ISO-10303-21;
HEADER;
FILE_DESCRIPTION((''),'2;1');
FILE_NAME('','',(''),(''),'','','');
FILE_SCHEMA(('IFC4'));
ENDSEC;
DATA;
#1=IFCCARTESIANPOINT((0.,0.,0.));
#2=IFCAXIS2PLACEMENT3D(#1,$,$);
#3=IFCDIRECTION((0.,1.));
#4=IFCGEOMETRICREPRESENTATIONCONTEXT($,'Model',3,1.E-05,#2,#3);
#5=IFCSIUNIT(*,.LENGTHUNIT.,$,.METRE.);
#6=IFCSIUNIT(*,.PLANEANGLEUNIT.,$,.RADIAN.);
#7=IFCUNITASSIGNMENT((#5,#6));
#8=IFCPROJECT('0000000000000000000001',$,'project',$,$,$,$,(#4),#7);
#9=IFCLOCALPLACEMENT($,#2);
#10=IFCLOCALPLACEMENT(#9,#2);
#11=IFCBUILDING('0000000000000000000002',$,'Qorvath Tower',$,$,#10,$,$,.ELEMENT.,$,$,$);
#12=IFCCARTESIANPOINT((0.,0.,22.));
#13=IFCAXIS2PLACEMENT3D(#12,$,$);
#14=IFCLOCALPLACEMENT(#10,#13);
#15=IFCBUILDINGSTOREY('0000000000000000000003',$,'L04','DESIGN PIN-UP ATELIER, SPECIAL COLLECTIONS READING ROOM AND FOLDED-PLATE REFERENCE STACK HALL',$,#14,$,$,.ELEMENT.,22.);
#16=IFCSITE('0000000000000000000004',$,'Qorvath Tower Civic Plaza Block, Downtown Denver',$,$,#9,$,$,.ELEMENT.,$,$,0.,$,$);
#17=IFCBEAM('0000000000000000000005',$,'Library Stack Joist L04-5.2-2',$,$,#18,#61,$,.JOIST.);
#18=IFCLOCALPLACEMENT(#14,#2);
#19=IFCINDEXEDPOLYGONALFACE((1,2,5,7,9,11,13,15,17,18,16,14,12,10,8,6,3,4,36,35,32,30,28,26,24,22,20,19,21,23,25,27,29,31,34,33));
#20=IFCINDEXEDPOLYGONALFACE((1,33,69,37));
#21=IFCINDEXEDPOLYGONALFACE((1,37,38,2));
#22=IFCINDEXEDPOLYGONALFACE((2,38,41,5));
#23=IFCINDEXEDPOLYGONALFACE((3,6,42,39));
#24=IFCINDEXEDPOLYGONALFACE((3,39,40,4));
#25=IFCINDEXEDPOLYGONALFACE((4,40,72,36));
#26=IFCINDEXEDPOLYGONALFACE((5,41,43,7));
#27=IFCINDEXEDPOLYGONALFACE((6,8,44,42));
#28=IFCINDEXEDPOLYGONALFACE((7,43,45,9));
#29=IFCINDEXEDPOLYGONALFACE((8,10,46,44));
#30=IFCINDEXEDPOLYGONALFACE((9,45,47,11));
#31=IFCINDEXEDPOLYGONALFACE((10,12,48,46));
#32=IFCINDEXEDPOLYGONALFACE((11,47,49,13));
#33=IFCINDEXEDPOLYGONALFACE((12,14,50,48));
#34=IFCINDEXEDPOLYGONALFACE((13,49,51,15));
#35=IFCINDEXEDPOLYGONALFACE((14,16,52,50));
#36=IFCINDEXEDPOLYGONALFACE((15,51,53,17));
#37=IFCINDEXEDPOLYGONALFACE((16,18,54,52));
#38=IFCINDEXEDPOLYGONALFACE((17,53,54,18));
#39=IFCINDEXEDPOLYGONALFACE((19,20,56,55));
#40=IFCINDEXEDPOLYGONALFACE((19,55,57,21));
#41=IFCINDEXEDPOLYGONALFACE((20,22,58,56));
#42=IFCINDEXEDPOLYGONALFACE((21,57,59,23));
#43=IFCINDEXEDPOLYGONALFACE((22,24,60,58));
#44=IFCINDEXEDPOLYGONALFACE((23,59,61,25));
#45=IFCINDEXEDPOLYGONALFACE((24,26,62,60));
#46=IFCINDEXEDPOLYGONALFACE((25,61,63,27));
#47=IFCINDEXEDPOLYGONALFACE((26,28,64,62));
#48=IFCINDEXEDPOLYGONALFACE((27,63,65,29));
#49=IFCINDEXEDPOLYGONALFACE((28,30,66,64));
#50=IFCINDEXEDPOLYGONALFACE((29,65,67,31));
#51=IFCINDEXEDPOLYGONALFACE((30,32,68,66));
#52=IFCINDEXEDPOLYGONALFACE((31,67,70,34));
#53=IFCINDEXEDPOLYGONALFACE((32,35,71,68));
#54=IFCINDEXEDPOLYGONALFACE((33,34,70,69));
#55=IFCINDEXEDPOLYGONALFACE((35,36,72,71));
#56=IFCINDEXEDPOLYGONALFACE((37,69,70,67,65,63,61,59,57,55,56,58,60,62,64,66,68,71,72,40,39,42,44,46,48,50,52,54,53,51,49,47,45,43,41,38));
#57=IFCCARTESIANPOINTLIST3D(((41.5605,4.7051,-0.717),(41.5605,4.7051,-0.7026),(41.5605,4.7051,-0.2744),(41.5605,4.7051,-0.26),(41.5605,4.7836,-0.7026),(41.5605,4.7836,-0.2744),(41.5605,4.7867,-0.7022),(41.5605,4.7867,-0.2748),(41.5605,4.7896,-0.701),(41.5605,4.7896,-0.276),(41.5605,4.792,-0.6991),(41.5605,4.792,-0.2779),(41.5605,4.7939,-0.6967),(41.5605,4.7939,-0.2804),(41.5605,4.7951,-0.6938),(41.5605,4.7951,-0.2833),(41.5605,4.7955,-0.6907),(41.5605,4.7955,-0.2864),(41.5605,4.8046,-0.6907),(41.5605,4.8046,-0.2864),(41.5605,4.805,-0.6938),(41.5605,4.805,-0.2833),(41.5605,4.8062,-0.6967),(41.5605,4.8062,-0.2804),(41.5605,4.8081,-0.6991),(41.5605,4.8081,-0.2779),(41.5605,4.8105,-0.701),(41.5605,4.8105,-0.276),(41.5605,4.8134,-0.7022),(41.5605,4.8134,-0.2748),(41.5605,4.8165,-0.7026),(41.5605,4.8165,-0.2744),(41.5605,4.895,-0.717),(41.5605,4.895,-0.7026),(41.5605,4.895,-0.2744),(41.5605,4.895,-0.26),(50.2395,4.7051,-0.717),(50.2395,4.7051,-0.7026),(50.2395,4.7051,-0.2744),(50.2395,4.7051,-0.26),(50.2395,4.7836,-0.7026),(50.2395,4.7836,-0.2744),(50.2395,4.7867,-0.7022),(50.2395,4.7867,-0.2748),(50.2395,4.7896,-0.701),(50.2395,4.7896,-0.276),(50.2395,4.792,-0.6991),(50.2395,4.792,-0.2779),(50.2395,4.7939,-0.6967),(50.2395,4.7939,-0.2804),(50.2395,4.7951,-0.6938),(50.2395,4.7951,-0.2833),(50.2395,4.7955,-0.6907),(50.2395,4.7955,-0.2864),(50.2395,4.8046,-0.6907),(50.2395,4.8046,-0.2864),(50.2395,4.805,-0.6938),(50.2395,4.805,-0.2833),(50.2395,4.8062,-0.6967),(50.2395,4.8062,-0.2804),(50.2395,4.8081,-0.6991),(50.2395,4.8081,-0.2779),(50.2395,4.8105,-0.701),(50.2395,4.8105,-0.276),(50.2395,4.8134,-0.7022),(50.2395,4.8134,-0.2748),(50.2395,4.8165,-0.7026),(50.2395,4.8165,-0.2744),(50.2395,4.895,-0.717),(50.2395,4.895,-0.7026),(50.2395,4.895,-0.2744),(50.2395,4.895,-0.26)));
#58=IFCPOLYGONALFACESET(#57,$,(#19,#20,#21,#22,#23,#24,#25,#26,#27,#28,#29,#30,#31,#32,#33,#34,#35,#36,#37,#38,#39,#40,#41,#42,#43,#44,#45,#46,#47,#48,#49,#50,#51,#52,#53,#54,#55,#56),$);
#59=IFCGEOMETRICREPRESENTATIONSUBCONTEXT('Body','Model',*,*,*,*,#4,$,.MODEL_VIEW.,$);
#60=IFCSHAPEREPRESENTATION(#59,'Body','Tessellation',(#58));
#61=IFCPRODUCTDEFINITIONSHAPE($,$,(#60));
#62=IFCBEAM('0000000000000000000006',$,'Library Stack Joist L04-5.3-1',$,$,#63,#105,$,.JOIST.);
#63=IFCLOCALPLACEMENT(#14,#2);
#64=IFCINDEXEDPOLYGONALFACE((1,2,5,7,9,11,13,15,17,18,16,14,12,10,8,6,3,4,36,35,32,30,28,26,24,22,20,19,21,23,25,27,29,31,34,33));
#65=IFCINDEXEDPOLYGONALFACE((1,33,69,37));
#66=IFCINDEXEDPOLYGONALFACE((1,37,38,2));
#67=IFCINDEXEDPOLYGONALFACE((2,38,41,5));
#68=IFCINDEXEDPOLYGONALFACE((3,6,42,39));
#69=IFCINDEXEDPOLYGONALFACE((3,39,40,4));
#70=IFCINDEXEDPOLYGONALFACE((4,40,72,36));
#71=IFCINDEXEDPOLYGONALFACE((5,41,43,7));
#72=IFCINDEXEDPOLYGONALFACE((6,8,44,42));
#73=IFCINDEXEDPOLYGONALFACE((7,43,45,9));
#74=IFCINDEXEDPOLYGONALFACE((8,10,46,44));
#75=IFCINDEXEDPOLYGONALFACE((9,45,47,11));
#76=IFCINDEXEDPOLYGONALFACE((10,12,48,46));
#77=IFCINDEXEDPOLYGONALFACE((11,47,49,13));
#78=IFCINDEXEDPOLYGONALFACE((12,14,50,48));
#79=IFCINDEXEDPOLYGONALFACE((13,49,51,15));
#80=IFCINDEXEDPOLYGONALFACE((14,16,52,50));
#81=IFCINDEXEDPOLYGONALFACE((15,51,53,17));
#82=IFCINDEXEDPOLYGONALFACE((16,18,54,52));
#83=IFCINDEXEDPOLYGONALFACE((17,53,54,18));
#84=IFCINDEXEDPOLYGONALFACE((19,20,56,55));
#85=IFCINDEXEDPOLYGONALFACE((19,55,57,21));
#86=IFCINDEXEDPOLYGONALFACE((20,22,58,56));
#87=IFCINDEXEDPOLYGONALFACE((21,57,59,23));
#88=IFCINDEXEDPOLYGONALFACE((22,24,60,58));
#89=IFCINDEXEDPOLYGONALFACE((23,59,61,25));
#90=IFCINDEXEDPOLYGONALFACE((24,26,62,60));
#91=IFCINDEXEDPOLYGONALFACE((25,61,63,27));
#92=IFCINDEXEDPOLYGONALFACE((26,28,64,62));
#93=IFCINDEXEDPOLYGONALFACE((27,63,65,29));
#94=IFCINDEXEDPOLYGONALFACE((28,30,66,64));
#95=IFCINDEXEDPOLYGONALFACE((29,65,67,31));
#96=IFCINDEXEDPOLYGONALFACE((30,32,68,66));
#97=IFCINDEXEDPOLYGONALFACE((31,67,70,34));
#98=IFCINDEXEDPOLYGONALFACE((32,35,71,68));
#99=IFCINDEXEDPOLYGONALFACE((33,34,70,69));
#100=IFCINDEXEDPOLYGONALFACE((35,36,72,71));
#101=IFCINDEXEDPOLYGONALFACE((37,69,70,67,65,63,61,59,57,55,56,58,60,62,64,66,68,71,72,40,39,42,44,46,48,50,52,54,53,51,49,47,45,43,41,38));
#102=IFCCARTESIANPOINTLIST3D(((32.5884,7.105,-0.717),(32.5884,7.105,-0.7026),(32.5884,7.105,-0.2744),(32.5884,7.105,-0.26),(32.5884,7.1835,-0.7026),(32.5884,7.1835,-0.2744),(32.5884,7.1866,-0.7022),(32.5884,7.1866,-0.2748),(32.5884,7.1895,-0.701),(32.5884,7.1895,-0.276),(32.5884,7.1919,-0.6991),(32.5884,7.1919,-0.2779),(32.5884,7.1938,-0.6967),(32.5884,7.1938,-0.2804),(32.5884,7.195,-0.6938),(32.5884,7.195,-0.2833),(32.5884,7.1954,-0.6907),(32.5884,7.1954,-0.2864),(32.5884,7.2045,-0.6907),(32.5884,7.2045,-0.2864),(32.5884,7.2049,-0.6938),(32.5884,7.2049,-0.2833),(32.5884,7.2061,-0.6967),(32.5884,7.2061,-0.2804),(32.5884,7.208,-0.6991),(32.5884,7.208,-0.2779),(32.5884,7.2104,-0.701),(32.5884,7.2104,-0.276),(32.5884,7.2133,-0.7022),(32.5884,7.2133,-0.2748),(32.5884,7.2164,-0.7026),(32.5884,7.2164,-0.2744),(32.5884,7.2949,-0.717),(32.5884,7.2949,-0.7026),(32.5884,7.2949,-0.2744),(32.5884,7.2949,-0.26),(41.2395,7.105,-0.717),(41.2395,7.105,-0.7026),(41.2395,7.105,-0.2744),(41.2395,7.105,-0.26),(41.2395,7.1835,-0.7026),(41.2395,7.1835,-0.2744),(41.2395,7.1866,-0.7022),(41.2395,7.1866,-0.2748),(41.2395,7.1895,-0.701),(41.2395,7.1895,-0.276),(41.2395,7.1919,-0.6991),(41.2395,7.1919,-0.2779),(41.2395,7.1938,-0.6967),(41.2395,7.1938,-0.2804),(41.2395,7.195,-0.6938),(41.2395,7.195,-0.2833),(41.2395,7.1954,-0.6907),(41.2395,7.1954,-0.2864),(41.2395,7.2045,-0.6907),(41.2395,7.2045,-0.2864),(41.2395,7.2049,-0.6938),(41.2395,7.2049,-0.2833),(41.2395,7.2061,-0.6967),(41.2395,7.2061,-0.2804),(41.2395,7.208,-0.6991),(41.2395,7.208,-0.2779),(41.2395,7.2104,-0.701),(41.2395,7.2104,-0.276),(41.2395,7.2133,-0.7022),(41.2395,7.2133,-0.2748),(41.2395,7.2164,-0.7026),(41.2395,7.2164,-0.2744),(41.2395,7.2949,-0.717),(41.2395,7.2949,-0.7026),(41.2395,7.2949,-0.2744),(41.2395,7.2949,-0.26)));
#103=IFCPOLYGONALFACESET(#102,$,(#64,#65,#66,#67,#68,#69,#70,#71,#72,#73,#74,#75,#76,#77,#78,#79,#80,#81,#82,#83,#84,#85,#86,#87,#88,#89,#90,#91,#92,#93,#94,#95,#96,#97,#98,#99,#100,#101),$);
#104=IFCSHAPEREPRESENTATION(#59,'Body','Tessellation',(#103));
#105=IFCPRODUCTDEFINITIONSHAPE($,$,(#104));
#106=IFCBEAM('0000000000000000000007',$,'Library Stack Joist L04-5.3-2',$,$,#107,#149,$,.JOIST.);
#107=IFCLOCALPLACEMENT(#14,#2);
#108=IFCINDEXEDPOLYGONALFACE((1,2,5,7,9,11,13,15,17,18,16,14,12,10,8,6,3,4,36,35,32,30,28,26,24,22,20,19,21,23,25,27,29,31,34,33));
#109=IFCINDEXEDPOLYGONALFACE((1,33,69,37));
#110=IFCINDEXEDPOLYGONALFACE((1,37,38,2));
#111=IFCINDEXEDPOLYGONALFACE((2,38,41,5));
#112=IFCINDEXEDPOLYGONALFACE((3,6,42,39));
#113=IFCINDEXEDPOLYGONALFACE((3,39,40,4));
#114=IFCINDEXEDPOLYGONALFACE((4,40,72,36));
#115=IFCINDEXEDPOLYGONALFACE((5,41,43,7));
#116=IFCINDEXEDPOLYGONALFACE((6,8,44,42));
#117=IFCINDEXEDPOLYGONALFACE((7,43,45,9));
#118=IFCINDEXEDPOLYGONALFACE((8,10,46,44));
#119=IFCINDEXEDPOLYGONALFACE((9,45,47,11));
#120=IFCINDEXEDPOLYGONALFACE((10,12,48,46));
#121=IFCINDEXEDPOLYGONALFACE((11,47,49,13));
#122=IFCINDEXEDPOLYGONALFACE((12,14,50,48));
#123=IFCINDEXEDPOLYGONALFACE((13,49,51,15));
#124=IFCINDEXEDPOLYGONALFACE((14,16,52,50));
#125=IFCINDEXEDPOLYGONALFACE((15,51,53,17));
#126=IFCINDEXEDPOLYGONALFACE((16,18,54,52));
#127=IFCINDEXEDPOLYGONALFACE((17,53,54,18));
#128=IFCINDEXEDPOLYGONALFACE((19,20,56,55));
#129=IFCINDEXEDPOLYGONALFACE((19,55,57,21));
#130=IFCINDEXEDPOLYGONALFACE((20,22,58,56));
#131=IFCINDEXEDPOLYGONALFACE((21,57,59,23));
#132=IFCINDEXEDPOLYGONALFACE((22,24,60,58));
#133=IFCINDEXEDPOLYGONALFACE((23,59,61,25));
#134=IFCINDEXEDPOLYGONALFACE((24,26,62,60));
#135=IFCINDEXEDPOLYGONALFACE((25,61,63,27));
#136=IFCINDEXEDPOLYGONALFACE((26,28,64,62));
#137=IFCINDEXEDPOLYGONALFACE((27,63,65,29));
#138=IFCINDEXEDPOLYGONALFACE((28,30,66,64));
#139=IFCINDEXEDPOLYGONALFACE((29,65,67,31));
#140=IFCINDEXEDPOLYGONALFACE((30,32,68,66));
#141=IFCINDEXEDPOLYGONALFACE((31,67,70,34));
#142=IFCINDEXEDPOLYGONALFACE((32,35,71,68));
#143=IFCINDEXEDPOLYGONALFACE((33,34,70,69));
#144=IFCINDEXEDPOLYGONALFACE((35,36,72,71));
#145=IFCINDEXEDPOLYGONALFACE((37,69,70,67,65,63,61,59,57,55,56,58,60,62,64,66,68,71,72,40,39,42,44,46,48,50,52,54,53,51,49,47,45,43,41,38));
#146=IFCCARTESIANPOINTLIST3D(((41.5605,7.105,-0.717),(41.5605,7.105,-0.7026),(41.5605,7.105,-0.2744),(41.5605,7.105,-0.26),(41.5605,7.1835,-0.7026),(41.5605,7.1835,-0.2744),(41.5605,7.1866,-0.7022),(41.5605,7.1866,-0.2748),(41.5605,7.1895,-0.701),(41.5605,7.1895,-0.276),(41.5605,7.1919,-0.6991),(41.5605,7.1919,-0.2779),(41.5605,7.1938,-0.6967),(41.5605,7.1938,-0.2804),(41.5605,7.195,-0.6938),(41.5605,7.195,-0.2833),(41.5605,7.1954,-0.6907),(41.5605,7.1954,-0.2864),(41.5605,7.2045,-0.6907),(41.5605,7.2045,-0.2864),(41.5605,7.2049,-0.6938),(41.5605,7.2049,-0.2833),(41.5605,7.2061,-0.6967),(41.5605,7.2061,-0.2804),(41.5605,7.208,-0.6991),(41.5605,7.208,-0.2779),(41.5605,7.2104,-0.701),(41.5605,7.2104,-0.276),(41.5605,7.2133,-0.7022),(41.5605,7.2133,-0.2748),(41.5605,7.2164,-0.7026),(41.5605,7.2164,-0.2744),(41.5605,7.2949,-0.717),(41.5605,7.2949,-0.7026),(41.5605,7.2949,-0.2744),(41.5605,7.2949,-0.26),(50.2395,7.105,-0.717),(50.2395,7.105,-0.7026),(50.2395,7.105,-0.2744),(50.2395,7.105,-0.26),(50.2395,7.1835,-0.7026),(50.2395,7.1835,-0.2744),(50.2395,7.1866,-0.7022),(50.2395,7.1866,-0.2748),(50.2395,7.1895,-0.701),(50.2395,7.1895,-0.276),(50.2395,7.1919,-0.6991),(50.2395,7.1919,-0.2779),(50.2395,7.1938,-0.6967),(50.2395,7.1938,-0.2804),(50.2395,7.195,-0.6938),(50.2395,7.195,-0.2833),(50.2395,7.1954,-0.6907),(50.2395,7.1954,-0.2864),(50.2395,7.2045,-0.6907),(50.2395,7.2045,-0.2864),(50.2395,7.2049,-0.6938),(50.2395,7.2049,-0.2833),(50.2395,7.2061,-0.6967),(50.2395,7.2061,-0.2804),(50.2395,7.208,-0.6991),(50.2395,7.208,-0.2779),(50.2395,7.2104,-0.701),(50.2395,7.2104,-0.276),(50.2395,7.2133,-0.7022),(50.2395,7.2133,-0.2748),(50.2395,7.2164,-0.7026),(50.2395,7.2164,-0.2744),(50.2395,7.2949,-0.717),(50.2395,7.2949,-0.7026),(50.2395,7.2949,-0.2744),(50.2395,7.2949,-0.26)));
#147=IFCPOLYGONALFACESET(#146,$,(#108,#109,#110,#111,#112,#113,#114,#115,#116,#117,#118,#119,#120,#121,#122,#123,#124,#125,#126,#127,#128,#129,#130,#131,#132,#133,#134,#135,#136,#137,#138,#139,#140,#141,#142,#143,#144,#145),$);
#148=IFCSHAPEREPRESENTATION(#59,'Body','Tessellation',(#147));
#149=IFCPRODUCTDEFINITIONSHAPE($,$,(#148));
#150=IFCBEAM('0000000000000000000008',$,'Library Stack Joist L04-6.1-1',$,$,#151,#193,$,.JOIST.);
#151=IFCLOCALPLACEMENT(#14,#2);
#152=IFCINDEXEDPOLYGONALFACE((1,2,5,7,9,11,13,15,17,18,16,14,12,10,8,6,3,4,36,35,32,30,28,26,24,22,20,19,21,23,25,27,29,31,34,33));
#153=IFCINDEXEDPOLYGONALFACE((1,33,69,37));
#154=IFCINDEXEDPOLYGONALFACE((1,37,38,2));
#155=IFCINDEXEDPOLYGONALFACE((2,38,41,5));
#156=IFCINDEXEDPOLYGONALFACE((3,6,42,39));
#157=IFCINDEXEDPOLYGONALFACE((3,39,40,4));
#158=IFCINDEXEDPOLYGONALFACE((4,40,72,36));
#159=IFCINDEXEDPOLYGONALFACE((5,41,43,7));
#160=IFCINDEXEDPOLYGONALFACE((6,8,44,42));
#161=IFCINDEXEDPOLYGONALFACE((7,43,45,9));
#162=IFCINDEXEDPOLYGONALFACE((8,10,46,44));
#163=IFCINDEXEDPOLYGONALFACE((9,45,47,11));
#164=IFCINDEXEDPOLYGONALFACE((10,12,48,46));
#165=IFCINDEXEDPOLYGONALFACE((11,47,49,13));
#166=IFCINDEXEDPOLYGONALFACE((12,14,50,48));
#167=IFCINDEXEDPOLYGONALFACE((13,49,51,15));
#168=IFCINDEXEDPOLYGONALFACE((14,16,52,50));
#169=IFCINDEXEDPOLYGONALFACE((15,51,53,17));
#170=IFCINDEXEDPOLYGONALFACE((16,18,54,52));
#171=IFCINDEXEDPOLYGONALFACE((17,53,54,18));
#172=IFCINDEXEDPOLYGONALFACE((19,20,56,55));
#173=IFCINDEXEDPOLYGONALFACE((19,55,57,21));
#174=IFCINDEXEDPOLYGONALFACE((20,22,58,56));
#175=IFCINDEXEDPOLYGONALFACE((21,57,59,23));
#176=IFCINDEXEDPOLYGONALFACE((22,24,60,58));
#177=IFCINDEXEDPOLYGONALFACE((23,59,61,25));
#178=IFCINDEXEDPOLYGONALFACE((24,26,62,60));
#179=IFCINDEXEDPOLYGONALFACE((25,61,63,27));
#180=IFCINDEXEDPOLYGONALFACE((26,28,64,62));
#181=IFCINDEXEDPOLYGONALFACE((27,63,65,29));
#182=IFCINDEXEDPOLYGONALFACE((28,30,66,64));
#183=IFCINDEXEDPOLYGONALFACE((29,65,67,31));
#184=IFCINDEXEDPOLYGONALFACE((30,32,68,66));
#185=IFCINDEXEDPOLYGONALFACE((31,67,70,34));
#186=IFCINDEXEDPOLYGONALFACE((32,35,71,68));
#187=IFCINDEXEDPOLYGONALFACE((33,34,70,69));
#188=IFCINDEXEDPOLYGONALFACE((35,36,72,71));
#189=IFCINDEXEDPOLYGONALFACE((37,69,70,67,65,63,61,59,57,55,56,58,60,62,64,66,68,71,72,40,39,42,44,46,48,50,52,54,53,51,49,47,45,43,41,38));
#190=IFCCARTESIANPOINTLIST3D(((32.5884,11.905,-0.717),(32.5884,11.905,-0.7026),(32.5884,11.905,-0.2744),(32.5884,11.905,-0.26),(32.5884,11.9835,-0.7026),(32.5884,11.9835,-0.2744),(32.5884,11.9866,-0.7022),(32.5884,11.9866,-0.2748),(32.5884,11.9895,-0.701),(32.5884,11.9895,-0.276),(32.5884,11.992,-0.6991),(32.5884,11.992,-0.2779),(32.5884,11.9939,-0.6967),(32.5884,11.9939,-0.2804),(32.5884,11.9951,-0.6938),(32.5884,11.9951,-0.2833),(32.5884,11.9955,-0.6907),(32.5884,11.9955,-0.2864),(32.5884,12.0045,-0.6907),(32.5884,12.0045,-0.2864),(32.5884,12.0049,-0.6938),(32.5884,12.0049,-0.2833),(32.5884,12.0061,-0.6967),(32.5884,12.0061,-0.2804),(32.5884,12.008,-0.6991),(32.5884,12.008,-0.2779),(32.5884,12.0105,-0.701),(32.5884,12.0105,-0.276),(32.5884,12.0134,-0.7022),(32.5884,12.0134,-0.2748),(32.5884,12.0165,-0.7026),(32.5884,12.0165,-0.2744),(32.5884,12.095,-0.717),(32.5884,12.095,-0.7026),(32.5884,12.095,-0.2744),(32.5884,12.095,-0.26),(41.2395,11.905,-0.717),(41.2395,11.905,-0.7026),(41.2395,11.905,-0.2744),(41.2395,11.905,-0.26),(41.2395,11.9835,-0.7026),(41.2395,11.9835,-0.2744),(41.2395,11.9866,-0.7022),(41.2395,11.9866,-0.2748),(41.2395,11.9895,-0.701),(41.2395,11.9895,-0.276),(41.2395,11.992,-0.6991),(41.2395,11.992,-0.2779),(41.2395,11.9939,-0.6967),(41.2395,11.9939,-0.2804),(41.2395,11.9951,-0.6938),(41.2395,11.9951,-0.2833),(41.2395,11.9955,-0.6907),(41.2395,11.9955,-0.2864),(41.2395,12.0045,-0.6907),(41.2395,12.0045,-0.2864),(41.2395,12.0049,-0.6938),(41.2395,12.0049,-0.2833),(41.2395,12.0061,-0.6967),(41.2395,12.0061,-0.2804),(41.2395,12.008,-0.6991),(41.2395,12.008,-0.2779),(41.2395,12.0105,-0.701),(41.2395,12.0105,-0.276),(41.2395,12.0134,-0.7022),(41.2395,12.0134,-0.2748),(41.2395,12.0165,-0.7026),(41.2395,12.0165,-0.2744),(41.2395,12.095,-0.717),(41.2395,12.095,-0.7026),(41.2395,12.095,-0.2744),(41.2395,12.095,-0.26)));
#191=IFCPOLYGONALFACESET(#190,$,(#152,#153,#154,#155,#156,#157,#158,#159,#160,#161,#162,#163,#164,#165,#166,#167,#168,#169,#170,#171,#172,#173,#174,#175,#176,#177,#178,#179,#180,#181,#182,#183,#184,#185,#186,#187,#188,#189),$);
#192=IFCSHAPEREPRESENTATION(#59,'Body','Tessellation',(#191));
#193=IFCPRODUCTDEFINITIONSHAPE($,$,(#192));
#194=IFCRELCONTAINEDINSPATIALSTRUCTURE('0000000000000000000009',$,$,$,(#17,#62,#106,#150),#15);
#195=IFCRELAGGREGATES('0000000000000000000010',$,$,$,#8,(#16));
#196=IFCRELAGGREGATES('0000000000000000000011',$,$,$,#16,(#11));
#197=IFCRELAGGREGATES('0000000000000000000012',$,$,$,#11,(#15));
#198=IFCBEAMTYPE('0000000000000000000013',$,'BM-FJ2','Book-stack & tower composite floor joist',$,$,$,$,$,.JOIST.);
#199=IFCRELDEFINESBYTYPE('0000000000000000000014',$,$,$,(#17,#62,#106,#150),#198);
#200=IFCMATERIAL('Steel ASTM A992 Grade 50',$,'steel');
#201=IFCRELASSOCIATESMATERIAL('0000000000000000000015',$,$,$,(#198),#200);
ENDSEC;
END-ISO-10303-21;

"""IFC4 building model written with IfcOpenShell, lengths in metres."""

from ifc_helpers import new_model, si_unit, direction, frame, origin, origin_2d, place, context, subcontext, project, spatial, i_section, extrude, material, material_profile, profile_set, type_object, element, save


model = new_model("IFC4")

# Units and contexts
model_context = context("Model", 3, precision=1e-05, world=origin(), true_north=direction((0.0, 1.0)))
body_context = subcontext(model_context, "Body", "Model", "MODEL_VIEW")
ifc_project = project(units=[si_unit("LENGTHUNIT", "METRE"), si_unit("PLANEANGLEUNIT", "RADIAN")], contexts=[model_context])

# Site, building, storey
site_placement = place(None, origin())
site = spatial("IfcSite", under=ifc_project, at=site_placement, Name="Qorvath Tower Civic Plaza Block, Downtown Denver", CompositionType="ELEMENT", RefElevation=0.0)
building_placement = place(site_placement, origin())
building = spatial("IfcBuilding", under=site, at=building_placement, Name="Qorvath Tower", CompositionType="ELEMENT")
storey_placement = place(building_placement, frame((0.0, 0.0, 22.0)))
storey = spatial("IfcBuildingStorey", under=building, at=storey_placement, Name="L04", Description="DESIGN PIN-UP ATELIER, SPECIAL COLLECTIONS READING ROOM AND FOLDED-PLATE REFERENCE STACK HALL", CompositionType="ELEMENT", Elevation=22.0)

# Beams
ifc_material_1 = material(Name="Steel ASTM A992 Grade 50", Category="steel")
ifc_material_profile_1 = material_profile(ifc_material_1, i_section(OverallWidth=0.1899, OverallDepth=0.457, WebThickness=0.009, FlangeThickness=0.0144, FilletRadius=0.012, at=origin_2d()), Name="W18x50")
ifc_profile_set_1 = profile_set([ifc_material_profile_1], Name="Steel ASTM A992 Grade 50")
beam_type_1 = type_object("IfcBeamType", Name="BM-FJ2", Description="Book-stack & tower composite floor joist", PredefinedType="JOIST", material=ifc_profile_set_1)
beam_1_placement = place(storey_placement, frame((41.5605, 4.8, -0.4885), z_axis=(1.0, 0.0, 0.0), x_axis=(0.0, 1.0, 0.0)))
element("IfcBeam", 1, at=beam_1_placement, inside=storey, type_object=beam_type_1, Name="Library Stack Joist L04-5.2-2", PredefinedType="JOIST", context=body_context, shape_type="SweptSolid", body=[
    extrude(i_section(OverallWidth=0.1899, OverallDepth=0.457, WebThickness=0.009, FlangeThickness=0.0144, FilletRadius=0.012, at=origin_2d()), origin(), (0.0, 0.0, 1.0), 8.679),
])
beam_2_placement = place(storey_placement, frame((32.5884, 7.2, -0.4885), z_axis=(1.0, 0.0, 0.0), x_axis=(0.0, 1.0, 0.0)))
element("IfcBeam", 2, at=beam_2_placement, inside=storey, type_object=beam_type_1, Name="Library Stack Joist L04-5.3-1", PredefinedType="JOIST", context=body_context, shape_type="SweptSolid", body=[
    extrude(i_section(OverallWidth=0.1899, OverallDepth=0.457, WebThickness=0.009, FlangeThickness=0.0144, FilletRadius=0.012, at=origin_2d()), origin(), (0.0, 0.0, 1.0), 8.6511),
])
beam_3_placement = place(storey_placement, frame((41.5605, 7.2, -0.4885), z_axis=(1.0, 0.0, 0.0), x_axis=(0.0, 1.0, 0.0)))
element("IfcBeam", 3, at=beam_3_placement, inside=storey, type_object=beam_type_1, Name="Library Stack Joist L04-5.3-2", PredefinedType="JOIST", context=body_context, shape_type="SweptSolid", body=[
    extrude(i_section(OverallWidth=0.1899, OverallDepth=0.457, WebThickness=0.009, FlangeThickness=0.0144, FilletRadius=0.012, at=origin_2d()), origin(), (0.0, 0.0, 1.0), 8.679),
])
for number, where, z_axis, x_axis, name in (
    (4, (32.5884, 12.0, -0.4885), (1.0, 0.0, 0.0), (0.0, 1.0, 0.0), "Library Stack Joist L04-6.1-1"),
):
    element("IfcBeam", number, at=place(storey_placement, frame(where, z_axis=z_axis, x_axis=x_axis)), inside=storey, type_object=beam_type_1, Name=name, PredefinedType="JOIST", context=body_context, shape_type="SweptSolid", body=[
        extrude(i_section(OverallWidth=0.1899, OverallDepth=0.457, WebThickness=0.009, FlangeThickness=0.0144, FilletRadius=0.012, at=origin_2d()), origin(), (0.0, 0.0, 1.0), 8.6511),
    ])

save(model, "model.ifc")
